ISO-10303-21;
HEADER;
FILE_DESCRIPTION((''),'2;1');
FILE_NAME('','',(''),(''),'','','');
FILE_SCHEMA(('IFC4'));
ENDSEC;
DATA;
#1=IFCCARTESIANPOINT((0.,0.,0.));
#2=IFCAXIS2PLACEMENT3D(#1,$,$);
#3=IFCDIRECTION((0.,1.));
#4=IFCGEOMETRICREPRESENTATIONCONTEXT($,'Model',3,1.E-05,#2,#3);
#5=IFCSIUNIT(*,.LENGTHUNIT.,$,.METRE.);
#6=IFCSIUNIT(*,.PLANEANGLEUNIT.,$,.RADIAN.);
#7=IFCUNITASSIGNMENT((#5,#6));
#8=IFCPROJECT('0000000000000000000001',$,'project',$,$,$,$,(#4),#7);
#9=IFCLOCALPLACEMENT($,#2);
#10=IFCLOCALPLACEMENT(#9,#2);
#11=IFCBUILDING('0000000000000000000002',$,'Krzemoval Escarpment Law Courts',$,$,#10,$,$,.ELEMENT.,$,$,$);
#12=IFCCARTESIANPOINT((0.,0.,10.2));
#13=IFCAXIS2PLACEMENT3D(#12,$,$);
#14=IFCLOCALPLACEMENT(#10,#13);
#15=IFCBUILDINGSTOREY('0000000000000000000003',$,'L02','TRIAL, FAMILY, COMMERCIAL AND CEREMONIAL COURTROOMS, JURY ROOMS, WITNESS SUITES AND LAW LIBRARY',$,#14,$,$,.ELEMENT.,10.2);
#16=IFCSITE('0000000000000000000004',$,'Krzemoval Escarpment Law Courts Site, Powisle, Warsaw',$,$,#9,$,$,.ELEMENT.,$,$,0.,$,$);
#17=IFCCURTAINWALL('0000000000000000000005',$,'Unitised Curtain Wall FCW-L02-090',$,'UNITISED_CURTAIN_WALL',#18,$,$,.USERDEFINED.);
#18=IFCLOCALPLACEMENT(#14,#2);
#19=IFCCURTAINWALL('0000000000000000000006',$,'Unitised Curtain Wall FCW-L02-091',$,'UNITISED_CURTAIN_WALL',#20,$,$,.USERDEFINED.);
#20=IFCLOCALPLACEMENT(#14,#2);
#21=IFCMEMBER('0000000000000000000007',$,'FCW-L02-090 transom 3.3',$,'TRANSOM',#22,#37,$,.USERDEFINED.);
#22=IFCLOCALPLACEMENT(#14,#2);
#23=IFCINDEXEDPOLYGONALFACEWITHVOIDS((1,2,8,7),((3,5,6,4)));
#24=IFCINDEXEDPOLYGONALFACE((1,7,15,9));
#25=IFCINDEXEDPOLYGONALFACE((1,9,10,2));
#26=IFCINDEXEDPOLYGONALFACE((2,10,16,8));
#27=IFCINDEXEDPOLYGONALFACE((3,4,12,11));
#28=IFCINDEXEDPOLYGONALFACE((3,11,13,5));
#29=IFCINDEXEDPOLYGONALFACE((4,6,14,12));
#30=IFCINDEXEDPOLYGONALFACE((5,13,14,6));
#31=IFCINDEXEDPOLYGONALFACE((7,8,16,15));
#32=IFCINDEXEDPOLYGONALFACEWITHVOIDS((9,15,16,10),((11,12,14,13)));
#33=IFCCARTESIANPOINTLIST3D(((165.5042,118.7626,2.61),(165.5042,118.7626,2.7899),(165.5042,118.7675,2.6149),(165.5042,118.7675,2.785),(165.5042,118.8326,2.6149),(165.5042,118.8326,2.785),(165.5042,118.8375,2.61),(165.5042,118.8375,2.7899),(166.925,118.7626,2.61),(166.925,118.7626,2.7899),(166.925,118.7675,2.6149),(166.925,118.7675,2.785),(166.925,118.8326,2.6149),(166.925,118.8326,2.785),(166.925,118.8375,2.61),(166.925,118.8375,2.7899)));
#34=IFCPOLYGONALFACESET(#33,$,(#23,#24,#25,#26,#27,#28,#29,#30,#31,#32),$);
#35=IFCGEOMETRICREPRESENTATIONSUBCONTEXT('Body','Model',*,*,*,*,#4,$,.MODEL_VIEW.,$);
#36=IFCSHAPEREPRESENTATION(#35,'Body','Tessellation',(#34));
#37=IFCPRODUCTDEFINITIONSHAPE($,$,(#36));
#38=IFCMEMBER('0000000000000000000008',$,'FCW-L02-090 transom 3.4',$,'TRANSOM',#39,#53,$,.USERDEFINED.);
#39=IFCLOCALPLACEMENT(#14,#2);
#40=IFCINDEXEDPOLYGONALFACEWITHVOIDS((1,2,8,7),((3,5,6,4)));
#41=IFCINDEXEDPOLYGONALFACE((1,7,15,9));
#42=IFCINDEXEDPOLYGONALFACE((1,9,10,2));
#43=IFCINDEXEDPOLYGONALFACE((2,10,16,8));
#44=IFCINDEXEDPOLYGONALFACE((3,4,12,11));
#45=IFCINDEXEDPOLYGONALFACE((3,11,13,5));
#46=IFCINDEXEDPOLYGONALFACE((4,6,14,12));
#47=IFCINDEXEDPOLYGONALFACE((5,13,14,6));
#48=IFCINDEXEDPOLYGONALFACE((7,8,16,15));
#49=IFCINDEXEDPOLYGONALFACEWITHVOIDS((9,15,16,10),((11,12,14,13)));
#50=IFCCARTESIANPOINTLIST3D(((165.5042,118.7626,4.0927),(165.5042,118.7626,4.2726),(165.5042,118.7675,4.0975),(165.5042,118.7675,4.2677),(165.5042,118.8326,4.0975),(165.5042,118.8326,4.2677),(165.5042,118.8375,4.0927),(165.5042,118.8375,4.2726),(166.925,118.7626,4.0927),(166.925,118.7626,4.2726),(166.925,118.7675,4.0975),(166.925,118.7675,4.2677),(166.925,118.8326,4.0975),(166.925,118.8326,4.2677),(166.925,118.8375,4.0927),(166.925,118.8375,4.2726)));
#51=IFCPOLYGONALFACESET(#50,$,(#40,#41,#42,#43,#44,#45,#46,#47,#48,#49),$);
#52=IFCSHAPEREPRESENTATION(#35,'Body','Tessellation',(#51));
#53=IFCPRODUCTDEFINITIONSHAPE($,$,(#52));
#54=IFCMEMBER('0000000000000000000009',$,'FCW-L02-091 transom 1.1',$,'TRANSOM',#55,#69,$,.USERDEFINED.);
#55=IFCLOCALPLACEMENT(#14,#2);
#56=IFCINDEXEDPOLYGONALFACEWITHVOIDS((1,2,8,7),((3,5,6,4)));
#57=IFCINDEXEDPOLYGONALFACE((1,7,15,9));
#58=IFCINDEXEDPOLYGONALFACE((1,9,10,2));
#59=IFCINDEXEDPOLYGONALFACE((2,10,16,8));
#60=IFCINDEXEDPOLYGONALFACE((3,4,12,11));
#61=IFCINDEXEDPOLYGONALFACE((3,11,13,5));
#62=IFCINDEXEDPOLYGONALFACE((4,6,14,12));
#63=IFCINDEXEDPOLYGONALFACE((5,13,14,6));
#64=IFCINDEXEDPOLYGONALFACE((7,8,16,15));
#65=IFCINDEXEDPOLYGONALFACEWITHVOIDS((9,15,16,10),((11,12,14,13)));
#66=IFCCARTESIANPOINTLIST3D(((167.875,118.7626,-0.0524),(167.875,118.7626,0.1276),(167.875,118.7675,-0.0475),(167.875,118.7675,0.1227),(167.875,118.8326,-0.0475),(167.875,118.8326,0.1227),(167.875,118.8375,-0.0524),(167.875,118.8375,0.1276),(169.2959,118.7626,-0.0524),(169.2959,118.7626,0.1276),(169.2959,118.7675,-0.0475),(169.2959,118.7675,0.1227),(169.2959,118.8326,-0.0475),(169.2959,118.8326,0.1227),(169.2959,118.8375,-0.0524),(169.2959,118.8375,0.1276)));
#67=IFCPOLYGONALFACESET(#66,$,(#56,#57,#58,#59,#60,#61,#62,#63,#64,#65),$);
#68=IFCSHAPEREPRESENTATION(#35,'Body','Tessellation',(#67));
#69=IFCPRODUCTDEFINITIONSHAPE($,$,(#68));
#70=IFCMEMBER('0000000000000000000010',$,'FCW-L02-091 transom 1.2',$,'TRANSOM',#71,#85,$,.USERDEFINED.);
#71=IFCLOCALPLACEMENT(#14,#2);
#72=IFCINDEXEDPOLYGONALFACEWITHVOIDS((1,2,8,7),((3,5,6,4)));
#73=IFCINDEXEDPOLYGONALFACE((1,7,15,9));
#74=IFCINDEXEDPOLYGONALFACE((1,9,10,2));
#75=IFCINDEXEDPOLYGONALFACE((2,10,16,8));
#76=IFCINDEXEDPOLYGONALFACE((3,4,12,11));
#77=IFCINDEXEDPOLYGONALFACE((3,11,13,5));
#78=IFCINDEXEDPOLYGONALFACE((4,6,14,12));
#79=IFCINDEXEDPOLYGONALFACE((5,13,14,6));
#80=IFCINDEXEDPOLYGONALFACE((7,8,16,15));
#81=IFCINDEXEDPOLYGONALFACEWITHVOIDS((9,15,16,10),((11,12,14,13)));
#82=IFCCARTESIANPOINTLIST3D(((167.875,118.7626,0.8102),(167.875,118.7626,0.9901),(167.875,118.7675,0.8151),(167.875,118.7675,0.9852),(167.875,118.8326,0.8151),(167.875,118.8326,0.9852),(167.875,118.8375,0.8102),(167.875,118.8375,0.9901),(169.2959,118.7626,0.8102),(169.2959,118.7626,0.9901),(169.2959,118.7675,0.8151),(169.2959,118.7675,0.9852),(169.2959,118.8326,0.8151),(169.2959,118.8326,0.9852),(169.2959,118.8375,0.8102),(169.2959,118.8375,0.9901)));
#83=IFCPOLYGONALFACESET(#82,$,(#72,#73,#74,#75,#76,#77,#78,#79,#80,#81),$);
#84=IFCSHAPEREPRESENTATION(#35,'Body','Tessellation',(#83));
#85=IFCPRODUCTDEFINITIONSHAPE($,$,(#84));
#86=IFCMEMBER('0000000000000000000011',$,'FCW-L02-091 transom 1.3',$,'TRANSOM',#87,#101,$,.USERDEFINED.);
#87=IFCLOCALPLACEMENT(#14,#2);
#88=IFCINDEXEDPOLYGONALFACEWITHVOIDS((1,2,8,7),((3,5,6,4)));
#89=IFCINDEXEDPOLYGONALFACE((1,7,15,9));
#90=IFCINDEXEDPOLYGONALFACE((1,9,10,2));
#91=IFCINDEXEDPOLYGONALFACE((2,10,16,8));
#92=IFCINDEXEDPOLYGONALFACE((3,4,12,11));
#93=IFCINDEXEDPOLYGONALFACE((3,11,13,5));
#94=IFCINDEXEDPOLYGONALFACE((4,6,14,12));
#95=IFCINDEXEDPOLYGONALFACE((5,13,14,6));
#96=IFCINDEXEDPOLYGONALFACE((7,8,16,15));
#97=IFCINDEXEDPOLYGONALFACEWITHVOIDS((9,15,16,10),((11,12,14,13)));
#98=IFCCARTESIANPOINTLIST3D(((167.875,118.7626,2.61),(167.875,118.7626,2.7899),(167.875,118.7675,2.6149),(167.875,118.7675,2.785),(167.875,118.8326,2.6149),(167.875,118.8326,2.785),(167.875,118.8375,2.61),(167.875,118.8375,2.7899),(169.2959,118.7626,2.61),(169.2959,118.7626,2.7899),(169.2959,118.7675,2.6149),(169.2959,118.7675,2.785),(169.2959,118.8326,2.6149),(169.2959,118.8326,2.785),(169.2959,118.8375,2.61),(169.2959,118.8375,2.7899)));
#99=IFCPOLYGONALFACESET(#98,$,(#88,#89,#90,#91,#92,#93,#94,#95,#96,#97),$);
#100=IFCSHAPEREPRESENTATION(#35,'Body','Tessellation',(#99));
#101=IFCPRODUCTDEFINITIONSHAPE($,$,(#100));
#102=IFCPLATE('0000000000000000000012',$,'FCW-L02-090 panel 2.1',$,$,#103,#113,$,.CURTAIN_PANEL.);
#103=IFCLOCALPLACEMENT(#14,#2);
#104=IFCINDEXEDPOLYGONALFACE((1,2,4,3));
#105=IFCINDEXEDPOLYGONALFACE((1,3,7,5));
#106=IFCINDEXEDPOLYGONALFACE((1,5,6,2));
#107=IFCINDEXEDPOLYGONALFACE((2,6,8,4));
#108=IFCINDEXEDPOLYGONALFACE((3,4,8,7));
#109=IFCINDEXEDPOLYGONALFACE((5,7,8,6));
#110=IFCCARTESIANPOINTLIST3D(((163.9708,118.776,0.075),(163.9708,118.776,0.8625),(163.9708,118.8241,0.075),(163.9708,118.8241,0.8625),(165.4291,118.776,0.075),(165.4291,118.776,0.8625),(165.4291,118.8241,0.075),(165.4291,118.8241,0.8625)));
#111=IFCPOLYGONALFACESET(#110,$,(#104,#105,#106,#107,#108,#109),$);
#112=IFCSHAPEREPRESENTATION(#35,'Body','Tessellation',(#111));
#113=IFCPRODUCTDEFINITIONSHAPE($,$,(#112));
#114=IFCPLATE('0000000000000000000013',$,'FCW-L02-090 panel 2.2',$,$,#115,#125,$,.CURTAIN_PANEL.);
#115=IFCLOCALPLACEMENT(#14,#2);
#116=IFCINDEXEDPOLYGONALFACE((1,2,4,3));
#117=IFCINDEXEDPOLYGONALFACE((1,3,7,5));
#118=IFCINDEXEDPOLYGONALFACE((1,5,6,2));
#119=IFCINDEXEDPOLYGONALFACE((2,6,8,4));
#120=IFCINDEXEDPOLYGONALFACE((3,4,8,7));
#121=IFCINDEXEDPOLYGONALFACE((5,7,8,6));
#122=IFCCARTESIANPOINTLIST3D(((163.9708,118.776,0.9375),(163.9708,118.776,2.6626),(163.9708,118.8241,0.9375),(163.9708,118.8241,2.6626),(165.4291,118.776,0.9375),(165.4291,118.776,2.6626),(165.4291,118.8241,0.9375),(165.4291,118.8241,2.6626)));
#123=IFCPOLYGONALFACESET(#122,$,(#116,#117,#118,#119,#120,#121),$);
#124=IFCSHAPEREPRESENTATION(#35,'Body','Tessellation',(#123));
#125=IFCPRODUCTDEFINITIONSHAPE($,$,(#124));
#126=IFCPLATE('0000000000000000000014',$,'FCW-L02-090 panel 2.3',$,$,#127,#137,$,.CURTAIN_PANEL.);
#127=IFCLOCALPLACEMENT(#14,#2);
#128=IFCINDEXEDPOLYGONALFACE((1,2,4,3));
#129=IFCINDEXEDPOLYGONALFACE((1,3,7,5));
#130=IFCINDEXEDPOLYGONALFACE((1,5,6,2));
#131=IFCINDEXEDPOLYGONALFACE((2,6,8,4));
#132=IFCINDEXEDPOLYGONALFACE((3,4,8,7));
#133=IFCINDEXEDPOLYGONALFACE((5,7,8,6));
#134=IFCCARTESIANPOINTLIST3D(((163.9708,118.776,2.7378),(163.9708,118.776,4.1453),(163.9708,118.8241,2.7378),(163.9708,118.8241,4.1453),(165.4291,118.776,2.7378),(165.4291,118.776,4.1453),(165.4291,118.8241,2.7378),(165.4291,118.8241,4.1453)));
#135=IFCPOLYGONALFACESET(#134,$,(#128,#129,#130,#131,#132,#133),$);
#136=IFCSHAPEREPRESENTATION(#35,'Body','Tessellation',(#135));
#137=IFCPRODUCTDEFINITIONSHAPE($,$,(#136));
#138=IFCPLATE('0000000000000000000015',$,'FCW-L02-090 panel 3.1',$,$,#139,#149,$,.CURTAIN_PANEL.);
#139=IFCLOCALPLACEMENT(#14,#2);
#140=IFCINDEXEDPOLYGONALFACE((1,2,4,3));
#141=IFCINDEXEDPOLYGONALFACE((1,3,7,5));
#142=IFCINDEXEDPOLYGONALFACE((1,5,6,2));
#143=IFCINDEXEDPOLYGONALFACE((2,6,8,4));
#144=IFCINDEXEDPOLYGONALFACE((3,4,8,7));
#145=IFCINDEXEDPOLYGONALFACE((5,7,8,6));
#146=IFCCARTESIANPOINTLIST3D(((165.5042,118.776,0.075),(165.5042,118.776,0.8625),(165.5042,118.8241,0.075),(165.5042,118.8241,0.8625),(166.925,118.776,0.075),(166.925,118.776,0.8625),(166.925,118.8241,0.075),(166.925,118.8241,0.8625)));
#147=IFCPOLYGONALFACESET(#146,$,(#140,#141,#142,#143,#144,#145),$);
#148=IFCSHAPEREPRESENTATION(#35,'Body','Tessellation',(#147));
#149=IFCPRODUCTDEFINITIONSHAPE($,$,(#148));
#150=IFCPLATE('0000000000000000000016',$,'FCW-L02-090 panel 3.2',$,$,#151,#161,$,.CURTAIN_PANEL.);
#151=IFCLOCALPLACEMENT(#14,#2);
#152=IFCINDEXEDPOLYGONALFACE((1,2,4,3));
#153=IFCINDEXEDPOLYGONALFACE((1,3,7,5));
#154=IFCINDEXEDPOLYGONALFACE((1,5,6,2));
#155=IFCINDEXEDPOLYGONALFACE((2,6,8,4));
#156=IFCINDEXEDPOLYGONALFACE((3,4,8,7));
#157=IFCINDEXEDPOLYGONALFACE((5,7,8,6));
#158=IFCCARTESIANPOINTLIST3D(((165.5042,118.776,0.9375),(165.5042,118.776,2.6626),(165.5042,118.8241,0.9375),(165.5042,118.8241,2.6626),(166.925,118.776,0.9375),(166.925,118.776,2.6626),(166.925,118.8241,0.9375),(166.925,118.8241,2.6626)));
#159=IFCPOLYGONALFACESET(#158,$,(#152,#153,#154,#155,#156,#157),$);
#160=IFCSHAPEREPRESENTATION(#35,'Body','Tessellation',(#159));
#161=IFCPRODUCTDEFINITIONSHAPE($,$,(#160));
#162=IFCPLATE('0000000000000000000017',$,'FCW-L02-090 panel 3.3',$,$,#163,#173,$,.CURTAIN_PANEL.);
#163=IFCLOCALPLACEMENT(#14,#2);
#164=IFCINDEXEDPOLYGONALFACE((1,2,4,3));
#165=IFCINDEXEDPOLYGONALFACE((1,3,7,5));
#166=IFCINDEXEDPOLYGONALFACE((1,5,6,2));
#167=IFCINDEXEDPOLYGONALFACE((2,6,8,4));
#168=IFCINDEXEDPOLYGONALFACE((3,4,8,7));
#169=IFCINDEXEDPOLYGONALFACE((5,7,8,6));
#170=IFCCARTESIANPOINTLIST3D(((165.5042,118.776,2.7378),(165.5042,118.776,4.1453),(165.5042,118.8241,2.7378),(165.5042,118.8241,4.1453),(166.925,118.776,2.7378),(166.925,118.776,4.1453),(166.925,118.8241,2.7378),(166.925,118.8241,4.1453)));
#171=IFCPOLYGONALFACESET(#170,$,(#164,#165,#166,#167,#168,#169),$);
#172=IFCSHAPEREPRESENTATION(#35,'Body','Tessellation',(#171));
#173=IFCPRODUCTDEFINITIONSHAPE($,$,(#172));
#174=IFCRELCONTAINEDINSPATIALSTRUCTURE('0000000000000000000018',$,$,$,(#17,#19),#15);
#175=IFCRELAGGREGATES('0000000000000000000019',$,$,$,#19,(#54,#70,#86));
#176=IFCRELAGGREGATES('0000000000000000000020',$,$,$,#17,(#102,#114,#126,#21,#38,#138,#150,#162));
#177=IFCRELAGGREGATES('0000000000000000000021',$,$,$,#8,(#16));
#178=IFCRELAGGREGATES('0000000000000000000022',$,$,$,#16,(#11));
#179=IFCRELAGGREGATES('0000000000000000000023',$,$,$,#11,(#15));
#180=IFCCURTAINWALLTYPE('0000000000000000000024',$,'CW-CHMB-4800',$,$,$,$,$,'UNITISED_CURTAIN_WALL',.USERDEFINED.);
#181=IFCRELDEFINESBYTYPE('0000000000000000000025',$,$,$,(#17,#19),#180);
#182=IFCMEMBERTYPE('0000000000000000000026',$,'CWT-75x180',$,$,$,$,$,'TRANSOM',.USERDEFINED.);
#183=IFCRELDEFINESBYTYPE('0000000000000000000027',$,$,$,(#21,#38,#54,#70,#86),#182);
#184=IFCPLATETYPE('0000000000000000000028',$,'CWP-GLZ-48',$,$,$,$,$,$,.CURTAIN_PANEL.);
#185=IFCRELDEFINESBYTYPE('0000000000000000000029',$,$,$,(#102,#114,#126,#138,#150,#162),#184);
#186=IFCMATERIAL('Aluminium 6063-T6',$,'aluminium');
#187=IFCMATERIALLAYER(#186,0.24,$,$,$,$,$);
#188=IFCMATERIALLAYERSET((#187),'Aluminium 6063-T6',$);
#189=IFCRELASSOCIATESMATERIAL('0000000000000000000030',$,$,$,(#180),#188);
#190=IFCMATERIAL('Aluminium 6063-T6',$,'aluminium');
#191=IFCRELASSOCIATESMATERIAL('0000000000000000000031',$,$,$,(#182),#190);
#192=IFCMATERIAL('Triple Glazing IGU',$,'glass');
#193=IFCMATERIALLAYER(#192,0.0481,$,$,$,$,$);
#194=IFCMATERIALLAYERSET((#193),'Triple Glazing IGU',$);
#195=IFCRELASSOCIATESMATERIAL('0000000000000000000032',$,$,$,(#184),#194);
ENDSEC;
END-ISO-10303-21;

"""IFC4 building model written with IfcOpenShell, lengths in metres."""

from ifc_helpers import new_model, si_unit, direction, frame, origin, origin_2d, place, context, subcontext, project, spatial, rectangle, hollow_rectangle, extrude, material, layer, layer_set, material_profile, profile_set, type_object, element, aggregate, save


model = new_model("IFC4")

# Units and contexts
model_context = context("Model", 3, precision=1e-05, world=origin(), true_north=direction((0.0, 1.0)))
body_context = subcontext(model_context, "Body", "Model", "MODEL_VIEW")
ifc_project = project(units=[si_unit("LENGTHUNIT", "METRE"), si_unit("PLANEANGLEUNIT", "RADIAN")], contexts=[model_context])

# Site, building, storey
site_placement = place(None, origin())
site = spatial("IfcSite", under=ifc_project, at=site_placement, Name="Krzemoval Escarpment Law Courts Site, Powisle, Warsaw", CompositionType="ELEMENT", RefElevation=0.0)
building_placement = place(site_placement, origin())
building = spatial("IfcBuilding", under=site, at=building_placement, Name="Krzemoval Escarpment Law Courts", CompositionType="ELEMENT")
storey_placement = place(building_placement, frame((0.0, 0.0, 10.2)))
storey = spatial("IfcBuildingStorey", under=building, at=storey_placement, Name="L02", Description="TRIAL, FAMILY, COMMERCIAL AND CEREMONIAL COURTROOMS, JURY ROOMS, WITNESS SUITES AND LAW LIBRARY", CompositionType="ELEMENT", Elevation=10.2)

# Curtain wall
ifc_material_1 = material(Name="Aluminium 6063-T6", Category="aluminium")
ifc_layer_1 = layer(ifc_material_1, 0.24)
ifc_layer_set_1 = layer_set([ifc_layer_1], Name="Aluminium 6063-T6")
curtain_wall_type = type_object("IfcCurtainWallType", Name="CW-CHMB-4800", ElementType="UNITISED_CURTAIN_WALL", PredefinedType="USERDEFINED", material=ifc_layer_set_1)
curtain_wall_1_placement = place(storey_placement, origin())
curtain_wall_1 = element("IfcCurtainWall", 1, at=curtain_wall_1_placement, inside=storey, type_object=curtain_wall_type, Name="Unitised Curtain Wall FCW-L02-090", ObjectType="UNITISED_CURTAIN_WALL", PredefinedType="USERDEFINED")

# Curtain wall
curtain_wall_2_placement = place(storey_placement, origin())
curtain_wall_2 = element("IfcCurtainWall", 2, at=curtain_wall_2_placement, inside=storey, type_object=curtain_wall_type, Name="Unitised Curtain Wall FCW-L02-091", ObjectType="UNITISED_CURTAIN_WALL", PredefinedType="USERDEFINED")

# Members
ifc_material_2 = material(Name="Aluminium 6063-T6", Category="aluminium")
ifc_material_profile_1 = material_profile(ifc_material_2, hollow_rectangle(XDim=0.075, YDim=0.1799, WallThickness=0.0049, at=origin_2d()), Name="ALU T75x180")
ifc_profile_set_1 = profile_set([ifc_material_profile_1], Name="Aluminium 6063-T6")
member_type_1 = type_object("IfcMemberType", Name="CWT-75x180", ElementType="TRANSOM", PredefinedType="USERDEFINED", material=ifc_profile_set_1)
member_1_placement = place(storey_placement, frame((165.5042, 118.8, 2.7), z_axis=(1.0, 0.0, 0.0), x_axis=(0.0, 1.0, 0.0)))
member_1 = element("IfcMember", 3, at=member_1_placement, type_object=member_type_1, Name="FCW-L02-090 transom 3.3", ObjectType="TRANSOM", PredefinedType="USERDEFINED", context=body_context, shape_type="SweptSolid", body=[
    extrude(hollow_rectangle(XDim=0.075, YDim=0.1799, WallThickness=0.0049, at=origin_2d()), origin(), (0.0, 0.0, 1.0), 1.4209),
])
member_2_placement = place(storey_placement, frame((165.5042, 118.8, 4.1826), z_axis=(1.0, 0.0, 0.0), x_axis=(0.0, 1.0, 0.0)))
member_2 = element("IfcMember", 4, at=member_2_placement, type_object=member_type_1, Name="FCW-L02-090 transom 3.4", ObjectType="TRANSOM", PredefinedType="USERDEFINED", context=body_context, shape_type="SweptSolid", body=[
    extrude(hollow_rectangle(XDim=0.075, YDim=0.1799, WallThickness=0.0049, at=origin_2d()), origin(), (0.0, 0.0, 1.0), 1.4209),
])
member_3_placement = place(storey_placement, frame((167.875, 118.8, 0.0376), z_axis=(1.0, 0.0, 0.0), x_axis=(0.0, 1.0, 0.0)))
member_3 = element("IfcMember", 5, at=member_3_placement, type_object=member_type_1, Name="FCW-L02-091 transom 1.1", ObjectType="TRANSOM", PredefinedType="USERDEFINED", context=body_context, shape_type="SweptSolid", body=[
    extrude(hollow_rectangle(XDim=0.075, YDim=0.1799, WallThickness=0.0049, at=origin_2d()), origin(), (0.0, 0.0, 1.0), 1.4209),
])
member_4_placement = place(storey_placement, frame((167.875, 118.8, 0.9001), z_axis=(1.0, 0.0, 0.0), x_axis=(0.0, 1.0, 0.0)))
member_4 = element("IfcMember", 6, at=member_4_placement, type_object=member_type_1, Name="FCW-L02-091 transom 1.2", ObjectType="TRANSOM", PredefinedType="USERDEFINED", context=body_context, shape_type="SweptSolid", body=[
    extrude(hollow_rectangle(XDim=0.075, YDim=0.1799, WallThickness=0.0049, at=origin_2d()), origin(), (0.0, 0.0, 1.0), 1.4209),
])
member_5_placement = place(storey_placement, frame((167.875, 118.8, 2.7), z_axis=(1.0, 0.0, 0.0), x_axis=(0.0, 1.0, 0.0)))
member_5 = element("IfcMember", 7, at=member_5_placement, type_object=member_type_1, Name="FCW-L02-091 transom 1.3", ObjectType="TRANSOM", PredefinedType="USERDEFINED", context=body_context, shape_type="SweptSolid", body=[
    extrude(hollow_rectangle(XDim=0.075, YDim=0.1799, WallThickness=0.0049, at=origin_2d()), origin(), (0.0, 0.0, 1.0), 1.4209),
])
aggregate(curtain_wall_2, [member_3, member_4, member_5])

# Plates
ifc_material_3 = material(Name="Triple Glazing IGU", Category="glass")
ifc_layer_2 = layer(ifc_material_3, 0.0481)
ifc_layer_set_2 = layer_set([ifc_layer_2], Name="Triple Glazing IGU")
plate_type = type_object("IfcPlateType", Name="CWP-GLZ-48", PredefinedType="CURTAIN_PANEL", material=ifc_layer_set_2)
plate_1_placement = place(storey_placement, frame((164.7, 118.8, 0.075), z_axis=(0.0, 0.0, 1.0), x_axis=(1.0, 0.0, 0.0)))
plate_1 = element("IfcPlate", 8, at=plate_1_placement, type_object=plate_type, Name="FCW-L02-090 panel 2.1", PredefinedType="CURTAIN_PANEL", context=body_context, shape_type="SweptSolid", body=[
    extrude(rectangle(XDim=1.4583, YDim=0.0481, at=origin_2d()), origin(), (0.0, 0.0, 1.0), 0.7876),
])
plate_2_placement = place(storey_placement, frame((164.7, 118.8, 0.9375), z_axis=(0.0, 0.0, 1.0), x_axis=(1.0, 0.0, 0.0)))
plate_2 = element("IfcPlate", 9, at=plate_2_placement, type_object=plate_type, Name="FCW-L02-090 panel 2.2", PredefinedType="CURTAIN_PANEL", context=body_context, shape_type="SweptSolid", body=[
    extrude(rectangle(XDim=1.4583, YDim=0.0481, at=origin_2d()), origin(), (0.0, 0.0, 1.0), 1.7251),
])
plate_3_placement = place(storey_placement, frame((164.7, 118.8, 2.7378), z_axis=(0.0, 0.0, 1.0), x_axis=(1.0, 0.0, 0.0)))
plate_3 = element("IfcPlate", 10, at=plate_3_placement, type_object=plate_type, Name="FCW-L02-090 panel 2.3", PredefinedType="CURTAIN_PANEL", context=body_context, shape_type="SweptSolid", body=[
    extrude(rectangle(XDim=1.4583, YDim=0.0481, at=origin_2d()), origin(), (0.0, 0.0, 1.0), 1.4075),
])
plate_4_placement = place(storey_placement, frame((166.2146, 118.8, 0.075), z_axis=(0.0, 0.0, 1.0), x_axis=(1.0, 0.0, 0.0)))
plate_4 = element("IfcPlate", 11, at=plate_4_placement, type_object=plate_type, Name="FCW-L02-090 panel 3.1", PredefinedType="CURTAIN_PANEL", context=body_context, shape_type="SweptSolid", body=[
    extrude(rectangle(XDim=1.4209, YDim=0.0481, at=origin_2d()), origin(), (0.0, 0.0, 1.0), 0.7876),
])
plate_5_placement = place(storey_placement, frame((166.2146, 118.8, 0.9375), z_axis=(0.0, 0.0, 1.0), x_axis=(1.0, 0.0, 0.0)))
plate_5 = element("IfcPlate", 12, at=plate_5_placement, type_object=plate_type, Name="FCW-L02-090 panel 3.2", PredefinedType="CURTAIN_PANEL", context=body_context, shape_type="SweptSolid", body=[
    extrude(rectangle(XDim=1.4209, YDim=0.0481, at=origin_2d()), origin(), (0.0, 0.0, 1.0), 1.7251),
])
plate_6_placement = place(storey_placement, frame((166.2146, 118.8, 2.7378), z_axis=(0.0, 0.0, 1.0), x_axis=(1.0, 0.0, 0.0)))
plate_6 = element("IfcPlate", 13, at=plate_6_placement, type_object=plate_type, Name="FCW-L02-090 panel 3.3", PredefinedType="CURTAIN_PANEL", context=body_context, shape_type="SweptSolid", body=[
    extrude(rectangle(XDim=1.4209, YDim=0.0481, at=origin_2d()), origin(), (0.0, 0.0, 1.0), 1.4075),
])
aggregate(curtain_wall_1, [plate_1, plate_2, plate_3, member_1, member_2, plate_4, plate_5, plate_6])

save(model, "model.ifc")
